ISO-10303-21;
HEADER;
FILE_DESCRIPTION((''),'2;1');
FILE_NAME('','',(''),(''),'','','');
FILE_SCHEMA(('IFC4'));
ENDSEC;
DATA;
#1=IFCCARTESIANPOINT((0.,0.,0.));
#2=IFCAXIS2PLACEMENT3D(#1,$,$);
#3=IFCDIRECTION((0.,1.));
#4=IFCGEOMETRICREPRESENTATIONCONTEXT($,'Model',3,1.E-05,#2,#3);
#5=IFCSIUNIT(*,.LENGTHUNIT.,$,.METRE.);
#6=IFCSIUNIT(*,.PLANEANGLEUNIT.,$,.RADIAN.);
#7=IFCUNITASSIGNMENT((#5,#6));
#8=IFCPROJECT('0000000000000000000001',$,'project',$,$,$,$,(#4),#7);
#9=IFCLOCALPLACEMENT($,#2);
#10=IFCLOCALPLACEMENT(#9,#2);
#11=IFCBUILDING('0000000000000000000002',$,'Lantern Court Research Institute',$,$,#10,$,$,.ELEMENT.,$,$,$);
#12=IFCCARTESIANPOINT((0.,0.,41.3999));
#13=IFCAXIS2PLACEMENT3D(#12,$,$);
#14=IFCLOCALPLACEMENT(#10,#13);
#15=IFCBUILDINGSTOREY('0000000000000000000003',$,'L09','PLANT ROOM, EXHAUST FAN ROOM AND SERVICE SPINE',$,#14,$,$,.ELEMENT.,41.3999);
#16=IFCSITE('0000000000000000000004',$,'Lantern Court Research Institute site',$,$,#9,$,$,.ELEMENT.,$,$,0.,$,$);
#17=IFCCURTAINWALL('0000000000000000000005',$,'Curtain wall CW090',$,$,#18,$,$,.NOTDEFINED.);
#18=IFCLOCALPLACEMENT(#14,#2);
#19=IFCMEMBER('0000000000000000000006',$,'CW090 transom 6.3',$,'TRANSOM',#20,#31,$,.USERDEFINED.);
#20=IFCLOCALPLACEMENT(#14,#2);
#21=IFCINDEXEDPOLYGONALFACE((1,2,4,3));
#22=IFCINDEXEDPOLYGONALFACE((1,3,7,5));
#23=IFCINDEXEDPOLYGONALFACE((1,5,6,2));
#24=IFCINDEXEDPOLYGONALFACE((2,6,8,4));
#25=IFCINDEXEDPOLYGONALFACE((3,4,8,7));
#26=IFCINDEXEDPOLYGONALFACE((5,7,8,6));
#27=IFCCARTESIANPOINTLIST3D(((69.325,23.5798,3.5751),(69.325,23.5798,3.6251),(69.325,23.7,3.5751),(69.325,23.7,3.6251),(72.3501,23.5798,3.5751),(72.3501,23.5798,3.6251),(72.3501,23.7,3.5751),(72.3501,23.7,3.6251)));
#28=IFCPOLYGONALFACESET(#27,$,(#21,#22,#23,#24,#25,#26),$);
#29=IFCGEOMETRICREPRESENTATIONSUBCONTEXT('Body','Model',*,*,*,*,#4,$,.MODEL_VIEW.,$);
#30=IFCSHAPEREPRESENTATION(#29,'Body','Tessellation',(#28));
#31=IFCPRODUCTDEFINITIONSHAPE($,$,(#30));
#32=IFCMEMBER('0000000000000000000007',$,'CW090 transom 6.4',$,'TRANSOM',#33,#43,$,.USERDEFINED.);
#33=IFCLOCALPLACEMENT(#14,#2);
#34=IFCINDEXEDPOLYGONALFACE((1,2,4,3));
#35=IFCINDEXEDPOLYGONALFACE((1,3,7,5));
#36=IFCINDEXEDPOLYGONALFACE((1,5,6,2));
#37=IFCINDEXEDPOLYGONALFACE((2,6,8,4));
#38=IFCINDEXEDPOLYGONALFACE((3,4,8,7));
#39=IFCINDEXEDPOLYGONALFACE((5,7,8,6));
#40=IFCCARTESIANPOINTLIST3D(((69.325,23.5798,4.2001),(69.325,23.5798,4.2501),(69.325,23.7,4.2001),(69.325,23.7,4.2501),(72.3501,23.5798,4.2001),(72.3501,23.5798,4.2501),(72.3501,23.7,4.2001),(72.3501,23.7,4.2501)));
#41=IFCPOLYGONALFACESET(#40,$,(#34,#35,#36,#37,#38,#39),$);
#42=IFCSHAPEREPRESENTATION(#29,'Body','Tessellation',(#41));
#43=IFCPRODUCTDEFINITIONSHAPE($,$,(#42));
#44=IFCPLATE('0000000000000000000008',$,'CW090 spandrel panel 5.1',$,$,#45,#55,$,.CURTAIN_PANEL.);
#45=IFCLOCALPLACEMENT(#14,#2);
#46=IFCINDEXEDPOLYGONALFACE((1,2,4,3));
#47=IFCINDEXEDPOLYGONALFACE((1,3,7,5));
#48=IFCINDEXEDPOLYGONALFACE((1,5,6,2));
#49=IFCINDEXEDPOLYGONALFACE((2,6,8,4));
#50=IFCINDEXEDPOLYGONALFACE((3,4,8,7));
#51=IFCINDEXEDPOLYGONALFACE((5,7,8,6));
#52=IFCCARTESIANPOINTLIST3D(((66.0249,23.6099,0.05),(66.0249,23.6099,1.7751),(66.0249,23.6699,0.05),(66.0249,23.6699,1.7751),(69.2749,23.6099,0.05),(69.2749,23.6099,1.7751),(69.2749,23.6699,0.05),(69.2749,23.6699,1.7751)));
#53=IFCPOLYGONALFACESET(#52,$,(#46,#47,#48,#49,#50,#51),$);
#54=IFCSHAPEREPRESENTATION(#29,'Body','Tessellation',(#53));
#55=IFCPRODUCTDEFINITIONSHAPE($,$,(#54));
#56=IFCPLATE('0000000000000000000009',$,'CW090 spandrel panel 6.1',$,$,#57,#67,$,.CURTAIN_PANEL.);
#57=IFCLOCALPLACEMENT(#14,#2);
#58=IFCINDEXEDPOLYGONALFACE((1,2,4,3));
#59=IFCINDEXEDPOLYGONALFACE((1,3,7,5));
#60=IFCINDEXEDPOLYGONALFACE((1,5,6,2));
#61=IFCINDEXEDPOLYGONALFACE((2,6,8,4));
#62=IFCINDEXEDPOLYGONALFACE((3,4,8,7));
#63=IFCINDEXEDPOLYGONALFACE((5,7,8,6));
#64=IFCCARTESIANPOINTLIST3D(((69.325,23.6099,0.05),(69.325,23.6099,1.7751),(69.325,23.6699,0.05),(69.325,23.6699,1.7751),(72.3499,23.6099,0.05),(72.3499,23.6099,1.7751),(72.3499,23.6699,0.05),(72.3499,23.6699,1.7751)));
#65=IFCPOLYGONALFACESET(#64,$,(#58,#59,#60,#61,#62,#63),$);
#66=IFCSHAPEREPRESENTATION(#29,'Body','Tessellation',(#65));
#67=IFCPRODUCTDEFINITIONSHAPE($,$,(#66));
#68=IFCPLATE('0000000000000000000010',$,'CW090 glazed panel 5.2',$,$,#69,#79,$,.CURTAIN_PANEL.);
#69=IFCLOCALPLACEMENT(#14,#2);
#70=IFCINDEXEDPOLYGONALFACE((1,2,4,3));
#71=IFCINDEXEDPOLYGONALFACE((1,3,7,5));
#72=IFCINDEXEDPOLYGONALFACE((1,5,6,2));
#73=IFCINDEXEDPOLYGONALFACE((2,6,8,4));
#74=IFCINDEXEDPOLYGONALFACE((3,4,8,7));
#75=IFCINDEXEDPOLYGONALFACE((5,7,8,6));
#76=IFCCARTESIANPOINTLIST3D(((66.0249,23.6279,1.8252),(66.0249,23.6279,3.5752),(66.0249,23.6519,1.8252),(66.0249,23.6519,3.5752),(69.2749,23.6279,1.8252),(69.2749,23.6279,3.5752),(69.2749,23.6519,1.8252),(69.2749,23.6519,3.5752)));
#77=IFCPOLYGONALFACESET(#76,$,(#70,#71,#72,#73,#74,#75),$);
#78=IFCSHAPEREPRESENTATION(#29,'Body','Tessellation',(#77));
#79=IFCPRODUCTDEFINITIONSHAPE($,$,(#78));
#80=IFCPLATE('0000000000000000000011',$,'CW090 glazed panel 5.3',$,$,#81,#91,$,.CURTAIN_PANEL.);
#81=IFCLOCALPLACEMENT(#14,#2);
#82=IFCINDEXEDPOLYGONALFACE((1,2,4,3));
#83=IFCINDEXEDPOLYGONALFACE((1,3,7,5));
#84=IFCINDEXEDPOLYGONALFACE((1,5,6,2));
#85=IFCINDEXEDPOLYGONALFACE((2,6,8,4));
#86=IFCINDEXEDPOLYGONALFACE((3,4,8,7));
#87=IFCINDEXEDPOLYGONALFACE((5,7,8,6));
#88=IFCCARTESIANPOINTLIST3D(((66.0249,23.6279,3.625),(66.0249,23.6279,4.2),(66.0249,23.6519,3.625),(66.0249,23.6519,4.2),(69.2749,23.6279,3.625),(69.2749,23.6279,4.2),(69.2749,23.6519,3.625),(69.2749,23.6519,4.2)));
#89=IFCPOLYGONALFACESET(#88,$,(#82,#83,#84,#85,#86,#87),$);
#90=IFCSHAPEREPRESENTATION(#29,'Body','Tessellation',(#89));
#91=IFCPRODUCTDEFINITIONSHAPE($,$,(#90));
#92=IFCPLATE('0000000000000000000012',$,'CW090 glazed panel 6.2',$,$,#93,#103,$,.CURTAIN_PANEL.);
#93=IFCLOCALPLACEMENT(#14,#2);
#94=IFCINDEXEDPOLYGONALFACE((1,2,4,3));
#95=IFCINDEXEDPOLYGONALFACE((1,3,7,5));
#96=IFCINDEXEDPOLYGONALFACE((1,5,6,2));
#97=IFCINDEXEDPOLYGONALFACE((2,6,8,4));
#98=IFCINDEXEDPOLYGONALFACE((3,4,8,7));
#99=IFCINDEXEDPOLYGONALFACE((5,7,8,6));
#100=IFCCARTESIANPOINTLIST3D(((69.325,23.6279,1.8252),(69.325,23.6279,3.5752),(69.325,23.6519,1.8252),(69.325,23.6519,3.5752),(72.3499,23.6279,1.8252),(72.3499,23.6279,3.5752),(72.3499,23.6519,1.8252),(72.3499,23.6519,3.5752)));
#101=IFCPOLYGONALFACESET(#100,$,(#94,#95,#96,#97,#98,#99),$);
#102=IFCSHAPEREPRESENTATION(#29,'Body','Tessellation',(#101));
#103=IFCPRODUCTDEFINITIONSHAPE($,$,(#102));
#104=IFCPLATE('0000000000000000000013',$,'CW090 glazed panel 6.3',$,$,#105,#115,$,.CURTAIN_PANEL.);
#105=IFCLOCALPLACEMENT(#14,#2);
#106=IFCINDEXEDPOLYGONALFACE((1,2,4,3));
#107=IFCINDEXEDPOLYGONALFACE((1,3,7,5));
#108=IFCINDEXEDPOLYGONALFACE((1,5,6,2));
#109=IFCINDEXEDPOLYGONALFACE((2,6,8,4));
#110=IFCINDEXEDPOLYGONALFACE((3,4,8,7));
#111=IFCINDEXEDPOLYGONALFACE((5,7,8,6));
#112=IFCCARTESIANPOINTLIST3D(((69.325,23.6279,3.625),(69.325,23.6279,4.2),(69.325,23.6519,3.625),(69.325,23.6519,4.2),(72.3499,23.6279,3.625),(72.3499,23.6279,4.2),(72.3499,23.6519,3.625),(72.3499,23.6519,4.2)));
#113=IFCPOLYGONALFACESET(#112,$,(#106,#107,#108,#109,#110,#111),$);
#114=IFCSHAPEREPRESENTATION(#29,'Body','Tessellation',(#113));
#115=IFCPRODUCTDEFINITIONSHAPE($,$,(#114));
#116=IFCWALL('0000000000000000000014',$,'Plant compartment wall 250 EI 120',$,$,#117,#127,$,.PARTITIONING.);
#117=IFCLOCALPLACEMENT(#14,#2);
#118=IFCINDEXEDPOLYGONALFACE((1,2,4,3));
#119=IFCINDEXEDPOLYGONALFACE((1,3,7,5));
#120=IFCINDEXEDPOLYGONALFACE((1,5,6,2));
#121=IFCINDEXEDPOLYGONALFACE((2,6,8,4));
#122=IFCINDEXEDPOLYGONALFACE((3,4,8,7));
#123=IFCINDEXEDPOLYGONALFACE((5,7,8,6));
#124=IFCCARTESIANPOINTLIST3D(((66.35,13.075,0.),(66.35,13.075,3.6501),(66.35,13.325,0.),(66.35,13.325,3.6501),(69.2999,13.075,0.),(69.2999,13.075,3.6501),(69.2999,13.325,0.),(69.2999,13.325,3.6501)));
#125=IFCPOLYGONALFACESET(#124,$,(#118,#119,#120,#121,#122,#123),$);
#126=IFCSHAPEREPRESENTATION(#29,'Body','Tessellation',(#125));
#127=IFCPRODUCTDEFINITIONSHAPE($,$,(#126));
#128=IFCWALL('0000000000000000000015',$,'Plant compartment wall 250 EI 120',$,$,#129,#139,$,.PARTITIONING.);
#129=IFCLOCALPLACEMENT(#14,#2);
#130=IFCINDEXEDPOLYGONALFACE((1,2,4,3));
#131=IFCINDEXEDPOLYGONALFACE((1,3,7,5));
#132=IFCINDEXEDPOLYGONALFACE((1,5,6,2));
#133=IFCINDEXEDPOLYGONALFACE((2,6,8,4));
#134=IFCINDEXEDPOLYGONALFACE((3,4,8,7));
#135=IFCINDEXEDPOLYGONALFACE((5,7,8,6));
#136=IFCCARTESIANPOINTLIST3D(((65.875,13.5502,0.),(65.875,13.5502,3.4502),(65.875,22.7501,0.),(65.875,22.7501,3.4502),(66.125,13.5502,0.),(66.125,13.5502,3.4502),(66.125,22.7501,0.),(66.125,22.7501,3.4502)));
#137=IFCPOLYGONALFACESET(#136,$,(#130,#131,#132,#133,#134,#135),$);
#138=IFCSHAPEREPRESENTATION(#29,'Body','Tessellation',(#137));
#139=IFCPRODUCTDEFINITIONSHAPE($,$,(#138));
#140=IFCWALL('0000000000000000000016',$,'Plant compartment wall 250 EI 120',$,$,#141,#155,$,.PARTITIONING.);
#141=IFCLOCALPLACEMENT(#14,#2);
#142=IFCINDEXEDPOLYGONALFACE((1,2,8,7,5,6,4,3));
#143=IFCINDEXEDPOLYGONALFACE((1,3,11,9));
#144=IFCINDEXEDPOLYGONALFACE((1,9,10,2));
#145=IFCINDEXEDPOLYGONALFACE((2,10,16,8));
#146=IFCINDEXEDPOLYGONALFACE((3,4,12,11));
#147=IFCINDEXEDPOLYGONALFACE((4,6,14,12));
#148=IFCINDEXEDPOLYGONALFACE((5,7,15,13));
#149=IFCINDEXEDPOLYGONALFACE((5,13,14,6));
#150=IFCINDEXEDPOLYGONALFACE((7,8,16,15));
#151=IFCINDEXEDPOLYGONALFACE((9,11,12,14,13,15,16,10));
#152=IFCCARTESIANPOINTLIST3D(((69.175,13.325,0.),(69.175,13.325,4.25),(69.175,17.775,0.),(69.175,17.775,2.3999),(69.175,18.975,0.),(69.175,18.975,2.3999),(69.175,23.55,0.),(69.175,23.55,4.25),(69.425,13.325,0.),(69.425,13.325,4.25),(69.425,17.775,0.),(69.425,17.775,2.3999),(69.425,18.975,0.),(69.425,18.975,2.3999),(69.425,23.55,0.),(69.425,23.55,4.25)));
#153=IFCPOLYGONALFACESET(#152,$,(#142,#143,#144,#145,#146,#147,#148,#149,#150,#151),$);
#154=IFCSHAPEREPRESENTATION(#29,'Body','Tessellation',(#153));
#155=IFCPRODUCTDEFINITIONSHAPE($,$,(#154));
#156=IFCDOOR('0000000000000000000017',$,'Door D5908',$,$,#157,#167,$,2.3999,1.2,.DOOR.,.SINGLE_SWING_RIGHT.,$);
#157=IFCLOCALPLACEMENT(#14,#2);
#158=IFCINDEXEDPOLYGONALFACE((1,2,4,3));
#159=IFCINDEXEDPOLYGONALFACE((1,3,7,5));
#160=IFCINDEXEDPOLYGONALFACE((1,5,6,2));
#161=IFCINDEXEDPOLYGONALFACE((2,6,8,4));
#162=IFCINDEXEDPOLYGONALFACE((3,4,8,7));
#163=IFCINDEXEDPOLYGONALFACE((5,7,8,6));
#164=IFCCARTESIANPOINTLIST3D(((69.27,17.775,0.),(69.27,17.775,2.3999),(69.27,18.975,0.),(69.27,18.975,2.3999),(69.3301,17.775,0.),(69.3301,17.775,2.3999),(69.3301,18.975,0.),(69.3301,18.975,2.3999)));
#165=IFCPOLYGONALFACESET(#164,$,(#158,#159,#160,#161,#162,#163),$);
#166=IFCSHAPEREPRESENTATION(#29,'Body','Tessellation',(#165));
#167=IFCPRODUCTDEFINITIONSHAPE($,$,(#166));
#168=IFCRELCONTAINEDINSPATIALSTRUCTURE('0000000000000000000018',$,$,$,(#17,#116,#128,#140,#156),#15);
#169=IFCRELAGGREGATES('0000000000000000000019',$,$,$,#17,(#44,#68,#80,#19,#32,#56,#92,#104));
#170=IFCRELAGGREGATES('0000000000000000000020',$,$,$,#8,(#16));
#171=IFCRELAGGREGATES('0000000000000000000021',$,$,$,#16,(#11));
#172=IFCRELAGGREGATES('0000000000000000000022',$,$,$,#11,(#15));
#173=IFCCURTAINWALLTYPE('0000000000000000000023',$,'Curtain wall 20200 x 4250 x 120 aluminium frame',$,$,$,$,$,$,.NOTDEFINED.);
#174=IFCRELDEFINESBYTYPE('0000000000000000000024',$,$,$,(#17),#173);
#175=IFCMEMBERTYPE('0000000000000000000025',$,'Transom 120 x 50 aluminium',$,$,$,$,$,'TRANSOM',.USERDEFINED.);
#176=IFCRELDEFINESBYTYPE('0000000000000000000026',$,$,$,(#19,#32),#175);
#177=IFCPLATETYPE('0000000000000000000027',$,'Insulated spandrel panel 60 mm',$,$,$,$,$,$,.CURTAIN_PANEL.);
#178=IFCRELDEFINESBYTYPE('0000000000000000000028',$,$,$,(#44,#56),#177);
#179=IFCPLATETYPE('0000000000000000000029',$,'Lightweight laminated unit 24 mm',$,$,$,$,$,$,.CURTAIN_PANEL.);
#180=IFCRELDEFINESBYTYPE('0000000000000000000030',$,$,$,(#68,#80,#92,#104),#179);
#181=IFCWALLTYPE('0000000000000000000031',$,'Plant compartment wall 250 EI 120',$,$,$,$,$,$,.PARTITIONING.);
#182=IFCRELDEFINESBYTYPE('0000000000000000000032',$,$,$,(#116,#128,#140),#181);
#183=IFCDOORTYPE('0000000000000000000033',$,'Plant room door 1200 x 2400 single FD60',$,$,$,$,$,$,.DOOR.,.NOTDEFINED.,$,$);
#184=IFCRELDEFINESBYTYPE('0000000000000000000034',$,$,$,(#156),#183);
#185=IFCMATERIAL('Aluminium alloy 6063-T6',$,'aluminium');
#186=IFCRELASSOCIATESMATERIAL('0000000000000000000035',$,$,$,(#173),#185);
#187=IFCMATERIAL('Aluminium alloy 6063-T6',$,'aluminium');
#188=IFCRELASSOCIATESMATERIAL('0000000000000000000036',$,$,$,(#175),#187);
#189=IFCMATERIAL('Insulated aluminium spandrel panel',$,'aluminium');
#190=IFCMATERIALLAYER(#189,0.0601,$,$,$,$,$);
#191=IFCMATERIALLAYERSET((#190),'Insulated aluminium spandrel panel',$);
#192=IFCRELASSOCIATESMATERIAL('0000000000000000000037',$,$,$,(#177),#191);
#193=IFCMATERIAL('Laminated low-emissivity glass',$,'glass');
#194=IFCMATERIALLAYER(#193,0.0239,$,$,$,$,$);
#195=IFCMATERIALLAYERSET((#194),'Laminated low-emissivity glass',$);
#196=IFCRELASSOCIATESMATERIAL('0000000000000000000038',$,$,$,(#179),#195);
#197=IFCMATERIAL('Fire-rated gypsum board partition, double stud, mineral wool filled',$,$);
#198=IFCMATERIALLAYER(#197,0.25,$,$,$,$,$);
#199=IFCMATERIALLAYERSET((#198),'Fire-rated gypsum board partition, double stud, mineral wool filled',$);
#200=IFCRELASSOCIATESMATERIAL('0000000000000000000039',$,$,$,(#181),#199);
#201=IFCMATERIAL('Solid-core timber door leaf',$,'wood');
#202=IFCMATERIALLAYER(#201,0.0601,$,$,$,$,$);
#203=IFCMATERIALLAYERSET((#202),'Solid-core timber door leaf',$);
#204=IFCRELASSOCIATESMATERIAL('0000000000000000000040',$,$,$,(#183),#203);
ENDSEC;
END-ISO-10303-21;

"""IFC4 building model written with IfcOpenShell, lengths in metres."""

from ifc_helpers import new_model, si_unit, direction, frame, frame_2d, origin, origin_2d, place, context, subcontext, project, spatial, rectangle, extrude, material, layer, layer_set, material_profile, profile_set, type_object, element, fill, aggregate, save


model = new_model("IFC4")

# Units and contexts
model_context = context("Model", 3, precision=1e-05, world=origin(), true_north=direction((0.0, 1.0)))
body_context = subcontext(model_context, "Body", "Model", "MODEL_VIEW")
ifc_project = project(units=[si_unit("LENGTHUNIT", "METRE"), si_unit("PLANEANGLEUNIT", "RADIAN")], contexts=[model_context])

# Site, building, storey
site_placement = place(None, origin())
site = spatial("IfcSite", under=ifc_project, at=site_placement, Name="Lantern Court Research Institute site", CompositionType="ELEMENT", RefElevation=0.0)
building_placement = place(site_placement, origin())
building = spatial("IfcBuilding", under=site, at=building_placement, Name="Lantern Court Research Institute", CompositionType="ELEMENT")
storey_placement = place(building_placement, frame((0.0, 0.0, 41.3999)))
storey = spatial("IfcBuildingStorey", under=building, at=storey_placement, Name="L09", Description="PLANT ROOM, EXHAUST FAN ROOM AND SERVICE SPINE", CompositionType="ELEMENT", Elevation=41.3999)

# Curtain wall
ifc_material_1 = material(Name="Aluminium alloy 6063-T6", Category="aluminium")
curtain_wall_type = type_object("IfcCurtainWallType", Name="Curtain wall 20200 x 4250 x 120 aluminium frame", PredefinedType="NOTDEFINED", material=ifc_material_1)
curtain_wall_placement = place(storey_placement, origin())
curtain_wall = element("IfcCurtainWall", 1, at=curtain_wall_placement, inside=storey, type_object=curtain_wall_type, Name="Curtain wall CW090", PredefinedType="NOTDEFINED")

# Members
ifc_material_2 = material(Name="Aluminium alloy 6063-T6", Category="aluminium")
ifc_material_profile_1 = material_profile(ifc_material_2, rectangle(XDim=0.1201, YDim=0.05, at=origin_2d()), Name="Transom 120 x 50")
ifc_profile_set_1 = profile_set([ifc_material_profile_1], Name="Aluminium alloy 6063-T6")
member_type_1 = type_object("IfcMemberType", Name="Transom 120 x 50 aluminium", ElementType="TRANSOM", PredefinedType="USERDEFINED", material=ifc_profile_set_1)
member_1_placement = place(storey_placement, frame((69.325, 23.6399, 3.6001), z_axis=(1.0, 0.0, 0.0), x_axis=(0.0, 1.0, 0.0)))
member_1 = element("IfcMember", 2, at=member_1_placement, type_object=member_type_1, Name="CW090 transom 6.3", ObjectType="TRANSOM", PredefinedType="USERDEFINED", context=body_context, shape_type="SweptSolid", body=[
    extrude(rectangle(XDim=0.1201, YDim=0.05, at=origin_2d()), origin(), (0.0, 0.0, 1.0), 3.0251),
])
member_2_placement = place(storey_placement, frame((69.325, 23.6399, 4.2251), z_axis=(1.0, 0.0, 0.0), x_axis=(0.0, 1.0, 0.0)))
member_2 = element("IfcMember", 3, at=member_2_placement, type_object=member_type_1, Name="CW090 transom 6.4", ObjectType="TRANSOM", PredefinedType="USERDEFINED", context=body_context, shape_type="SweptSolid", body=[
    extrude(rectangle(XDim=0.1201, YDim=0.05, at=origin_2d()), origin(), (0.0, 0.0, 1.0), 3.0251),
])

# Plates
ifc_material_3 = material(Name="Insulated aluminium spandrel panel", Category="aluminium")
ifc_layer_1 = layer(ifc_material_3, 0.0601)
ifc_layer_set_1 = layer_set([ifc_layer_1], Name="Insulated aluminium spandrel panel")
plate_type_1 = type_object("IfcPlateType", Name="Insulated spandrel panel 60 mm", PredefinedType="CURTAIN_PANEL", material=ifc_layer_set_1)
plate_1_placement = place(storey_placement, frame((67.6499, 23.6399, 0.05), z_axis=(0.0, 0.0, 1.0), x_axis=(1.0, 0.0, 0.0)))
plate_1 = element("IfcPlate", 4, at=plate_1_placement, type_object=plate_type_1, Name="CW090 spandrel panel 5.1", PredefinedType="CURTAIN_PANEL", context=body_context, shape_type="SweptSolid", body=[
    extrude(rectangle(XDim=3.25, YDim=0.0601, at=origin_2d()), origin(), (0.0, 0.0, 1.0), 1.7251),
])
plate_2_placement = place(storey_placement, frame((70.8374, 23.6399, 0.05), z_axis=(0.0, 0.0, 1.0), x_axis=(1.0, 0.0, 0.0)))
plate_2 = element("IfcPlate", 5, at=plate_2_placement, type_object=plate_type_1, Name="CW090 spandrel panel 6.1", PredefinedType="CURTAIN_PANEL", context=body_context, shape_type="SweptSolid", body=[
    extrude(rectangle(XDim=3.0249, YDim=0.0601, at=origin_2d()), origin(), (0.0, 0.0, 1.0), 1.7251),
])
ifc_material_4 = material(Name="Laminated low-emissivity glass", Category="glass")
ifc_layer_2 = layer(ifc_material_4, 0.0239)
ifc_layer_set_2 = layer_set([ifc_layer_2], Name="Laminated low-emissivity glass")
plate_type_2 = type_object("IfcPlateType", Name="Lightweight laminated unit 24 mm", PredefinedType="CURTAIN_PANEL", material=ifc_layer_set_2)
plate_3_placement = place(storey_placement, frame((67.6499, 23.6399, 1.8252), z_axis=(0.0, 0.0, 1.0), x_axis=(1.0, 0.0, 0.0)))
plate_3 = element("IfcPlate", 6, at=plate_3_placement, type_object=plate_type_2, Name="CW090 glazed panel 5.2", PredefinedType="CURTAIN_PANEL", context=body_context, shape_type="SweptSolid", body=[
    extrude(rectangle(XDim=3.25, YDim=0.0239, at=origin_2d()), origin(), (0.0, 0.0, 1.0), 1.75),
])
plate_4_placement = place(storey_placement, frame((67.6499, 23.6399, 3.625), z_axis=(0.0, 0.0, 1.0), x_axis=(1.0, 0.0, 0.0)))
plate_4 = element("IfcPlate", 7, at=plate_4_placement, type_object=plate_type_2, Name="CW090 glazed panel 5.3", PredefinedType="CURTAIN_PANEL", context=body_context, shape_type="SweptSolid", body=[
    extrude(rectangle(XDim=3.25, YDim=0.0239, at=origin_2d()), origin(), (0.0, 0.0, 1.0), 0.575),
])
plate_5_placement = place(storey_placement, frame((70.8374, 23.6399, 1.8252), z_axis=(0.0, 0.0, 1.0), x_axis=(1.0, 0.0, 0.0)))
plate_5 = element("IfcPlate", 8, at=plate_5_placement, type_object=plate_type_2, Name="CW090 glazed panel 6.2", PredefinedType="CURTAIN_PANEL", context=body_context, shape_type="SweptSolid", body=[
    extrude(rectangle(XDim=3.0249, YDim=0.0239, at=origin_2d()), origin(), (0.0, 0.0, 1.0), 1.75),
])
plate_6_placement = place(storey_placement, frame((70.8374, 23.6399, 3.625), z_axis=(0.0, 0.0, 1.0), x_axis=(1.0, 0.0, 0.0)))
plate_6 = element("IfcPlate", 9, at=plate_6_placement, type_object=plate_type_2, Name="CW090 glazed panel 6.3", PredefinedType="CURTAIN_PANEL", context=body_context, shape_type="SweptSolid", body=[
    extrude(rectangle(XDim=3.0249, YDim=0.0239, at=origin_2d()), origin(), (0.0, 0.0, 1.0), 0.575),
])
aggregate(curtain_wall, [plate_1, plate_3, plate_4, member_1, member_2, plate_2, plate_5, plate_6])

# Walls
ifc_material_5 = material(Name="Fire-rated gypsum board partition, double stud, mineral wool filled")
ifc_layer_3 = layer(ifc_material_5, 0.25)
ifc_layer_set_3 = layer_set([ifc_layer_3], Name="Fire-rated gypsum board partition, double stud, mineral wool filled")
wall_type = type_object("IfcWallType", Name="Plant compartment wall 250 EI 120", PredefinedType="PARTITIONING", material=ifc_layer_set_3)
wall_1_placement = place(storey_placement, frame((69.3, 13.2, 0.0), z_axis=(0.0, 0.0, 1.0), x_axis=(-1.0, 0.0, 0.0)))
element("IfcWall", 10, at=wall_1_placement, inside=storey, type_object=wall_type, Name="Plant compartment wall 250 EI 120", PredefinedType="PARTITIONING", context=body_context, shape_type="SweptSolid", body=[
    extrude(rectangle(XDim=2.95, YDim=0.25, at=frame_2d((1.4751, 0.0))), origin(), (0.0, 0.0, 1.0), 3.6501),
])
wall_2_placement = place(storey_placement, frame((66.0, 13.55, 0.0), z_axis=(0.0, 0.0, 1.0), x_axis=(0.0, 1.0, 0.0)))
element("IfcWall", 11, at=wall_2_placement, inside=storey, type_object=wall_type, Name="Plant compartment wall 250 EI 120", PredefinedType="PARTITIONING", context=body_context, shape_type="SweptSolid", body=[
    extrude(rectangle(XDim=9.2, YDim=0.25, at=frame_2d((4.6001, 0.0))), origin(), (0.0, 0.0, 1.0), 3.4502),
])

# Wall, opening, door
wall_3_placement = place(storey_placement, frame((69.3, 23.55, 0.0), z_axis=(0.0, 0.0, 1.0), x_axis=(0.0, -1.0, 0.0)))
wall_3 = element("IfcWall", 12, at=wall_3_placement, inside=storey, type_object=wall_type, Name="Plant compartment wall 250 EI 120", PredefinedType="PARTITIONING", context=body_context, shape_type="SweptSolid", body=[
    extrude(rectangle(XDim=10.2251, YDim=0.25, at=frame_2d((5.1125, 0.0))), origin(), (0.0, 0.0, 1.0), 4.25),
])
opening_placement = place(wall_3_placement, frame((4.575, 0.0, 0.0)))
opening = element("IfcOpeningElement", 13, at=opening_placement, cuts=wall_3, PredefinedType="OPENING", context=body_context, shape_type="SweptSolid", body=[
    extrude(rectangle(XDim=1.2, YDim=2.3999, at=frame_2d((0.6001, 1.2))), frame((0.0, 0.135, 0.0), z_axis=(0.0, -1.0, 0.0), x_axis=(1.0, 0.0, 0.0)), (0.0, 0.0, 1.0), 0.27),
])
ifc_material_6 = material(Name="Solid-core timber door leaf", Category="wood")
ifc_layer_4 = layer(ifc_material_6, 0.0601)
ifc_layer_set_4 = layer_set([ifc_layer_4], Name="Solid-core timber door leaf")
door_type = type_object("IfcDoorType", Name="Plant room door 1200 x 2400 single FD60", OperationType="NOTDEFINED", PredefinedType="DOOR", material=ifc_layer_set_4)
door_placement = place(opening_placement, origin())
door = element("IfcDoor", 14, at=door_placement, inside=storey, type_object=door_type, Name="Door D5908", OperationType="SINGLE_SWING_RIGHT", OverallHeight=2.3999, OverallWidth=1.2, PredefinedType="DOOR", context=body_context, shape_type="SweptSolid", body=[
    extrude(rectangle(XDim=1.2, YDim=2.3999, at=frame_2d((0.6001, 1.2))), frame((0.0, 0.03, 0.0), z_axis=(0.0, -1.0, 0.0), x_axis=(1.0, 0.0, 0.0)), (0.0, 0.0, 1.0), 0.0601),
])
fill(opening, door)

save(model, "model.ifc")
